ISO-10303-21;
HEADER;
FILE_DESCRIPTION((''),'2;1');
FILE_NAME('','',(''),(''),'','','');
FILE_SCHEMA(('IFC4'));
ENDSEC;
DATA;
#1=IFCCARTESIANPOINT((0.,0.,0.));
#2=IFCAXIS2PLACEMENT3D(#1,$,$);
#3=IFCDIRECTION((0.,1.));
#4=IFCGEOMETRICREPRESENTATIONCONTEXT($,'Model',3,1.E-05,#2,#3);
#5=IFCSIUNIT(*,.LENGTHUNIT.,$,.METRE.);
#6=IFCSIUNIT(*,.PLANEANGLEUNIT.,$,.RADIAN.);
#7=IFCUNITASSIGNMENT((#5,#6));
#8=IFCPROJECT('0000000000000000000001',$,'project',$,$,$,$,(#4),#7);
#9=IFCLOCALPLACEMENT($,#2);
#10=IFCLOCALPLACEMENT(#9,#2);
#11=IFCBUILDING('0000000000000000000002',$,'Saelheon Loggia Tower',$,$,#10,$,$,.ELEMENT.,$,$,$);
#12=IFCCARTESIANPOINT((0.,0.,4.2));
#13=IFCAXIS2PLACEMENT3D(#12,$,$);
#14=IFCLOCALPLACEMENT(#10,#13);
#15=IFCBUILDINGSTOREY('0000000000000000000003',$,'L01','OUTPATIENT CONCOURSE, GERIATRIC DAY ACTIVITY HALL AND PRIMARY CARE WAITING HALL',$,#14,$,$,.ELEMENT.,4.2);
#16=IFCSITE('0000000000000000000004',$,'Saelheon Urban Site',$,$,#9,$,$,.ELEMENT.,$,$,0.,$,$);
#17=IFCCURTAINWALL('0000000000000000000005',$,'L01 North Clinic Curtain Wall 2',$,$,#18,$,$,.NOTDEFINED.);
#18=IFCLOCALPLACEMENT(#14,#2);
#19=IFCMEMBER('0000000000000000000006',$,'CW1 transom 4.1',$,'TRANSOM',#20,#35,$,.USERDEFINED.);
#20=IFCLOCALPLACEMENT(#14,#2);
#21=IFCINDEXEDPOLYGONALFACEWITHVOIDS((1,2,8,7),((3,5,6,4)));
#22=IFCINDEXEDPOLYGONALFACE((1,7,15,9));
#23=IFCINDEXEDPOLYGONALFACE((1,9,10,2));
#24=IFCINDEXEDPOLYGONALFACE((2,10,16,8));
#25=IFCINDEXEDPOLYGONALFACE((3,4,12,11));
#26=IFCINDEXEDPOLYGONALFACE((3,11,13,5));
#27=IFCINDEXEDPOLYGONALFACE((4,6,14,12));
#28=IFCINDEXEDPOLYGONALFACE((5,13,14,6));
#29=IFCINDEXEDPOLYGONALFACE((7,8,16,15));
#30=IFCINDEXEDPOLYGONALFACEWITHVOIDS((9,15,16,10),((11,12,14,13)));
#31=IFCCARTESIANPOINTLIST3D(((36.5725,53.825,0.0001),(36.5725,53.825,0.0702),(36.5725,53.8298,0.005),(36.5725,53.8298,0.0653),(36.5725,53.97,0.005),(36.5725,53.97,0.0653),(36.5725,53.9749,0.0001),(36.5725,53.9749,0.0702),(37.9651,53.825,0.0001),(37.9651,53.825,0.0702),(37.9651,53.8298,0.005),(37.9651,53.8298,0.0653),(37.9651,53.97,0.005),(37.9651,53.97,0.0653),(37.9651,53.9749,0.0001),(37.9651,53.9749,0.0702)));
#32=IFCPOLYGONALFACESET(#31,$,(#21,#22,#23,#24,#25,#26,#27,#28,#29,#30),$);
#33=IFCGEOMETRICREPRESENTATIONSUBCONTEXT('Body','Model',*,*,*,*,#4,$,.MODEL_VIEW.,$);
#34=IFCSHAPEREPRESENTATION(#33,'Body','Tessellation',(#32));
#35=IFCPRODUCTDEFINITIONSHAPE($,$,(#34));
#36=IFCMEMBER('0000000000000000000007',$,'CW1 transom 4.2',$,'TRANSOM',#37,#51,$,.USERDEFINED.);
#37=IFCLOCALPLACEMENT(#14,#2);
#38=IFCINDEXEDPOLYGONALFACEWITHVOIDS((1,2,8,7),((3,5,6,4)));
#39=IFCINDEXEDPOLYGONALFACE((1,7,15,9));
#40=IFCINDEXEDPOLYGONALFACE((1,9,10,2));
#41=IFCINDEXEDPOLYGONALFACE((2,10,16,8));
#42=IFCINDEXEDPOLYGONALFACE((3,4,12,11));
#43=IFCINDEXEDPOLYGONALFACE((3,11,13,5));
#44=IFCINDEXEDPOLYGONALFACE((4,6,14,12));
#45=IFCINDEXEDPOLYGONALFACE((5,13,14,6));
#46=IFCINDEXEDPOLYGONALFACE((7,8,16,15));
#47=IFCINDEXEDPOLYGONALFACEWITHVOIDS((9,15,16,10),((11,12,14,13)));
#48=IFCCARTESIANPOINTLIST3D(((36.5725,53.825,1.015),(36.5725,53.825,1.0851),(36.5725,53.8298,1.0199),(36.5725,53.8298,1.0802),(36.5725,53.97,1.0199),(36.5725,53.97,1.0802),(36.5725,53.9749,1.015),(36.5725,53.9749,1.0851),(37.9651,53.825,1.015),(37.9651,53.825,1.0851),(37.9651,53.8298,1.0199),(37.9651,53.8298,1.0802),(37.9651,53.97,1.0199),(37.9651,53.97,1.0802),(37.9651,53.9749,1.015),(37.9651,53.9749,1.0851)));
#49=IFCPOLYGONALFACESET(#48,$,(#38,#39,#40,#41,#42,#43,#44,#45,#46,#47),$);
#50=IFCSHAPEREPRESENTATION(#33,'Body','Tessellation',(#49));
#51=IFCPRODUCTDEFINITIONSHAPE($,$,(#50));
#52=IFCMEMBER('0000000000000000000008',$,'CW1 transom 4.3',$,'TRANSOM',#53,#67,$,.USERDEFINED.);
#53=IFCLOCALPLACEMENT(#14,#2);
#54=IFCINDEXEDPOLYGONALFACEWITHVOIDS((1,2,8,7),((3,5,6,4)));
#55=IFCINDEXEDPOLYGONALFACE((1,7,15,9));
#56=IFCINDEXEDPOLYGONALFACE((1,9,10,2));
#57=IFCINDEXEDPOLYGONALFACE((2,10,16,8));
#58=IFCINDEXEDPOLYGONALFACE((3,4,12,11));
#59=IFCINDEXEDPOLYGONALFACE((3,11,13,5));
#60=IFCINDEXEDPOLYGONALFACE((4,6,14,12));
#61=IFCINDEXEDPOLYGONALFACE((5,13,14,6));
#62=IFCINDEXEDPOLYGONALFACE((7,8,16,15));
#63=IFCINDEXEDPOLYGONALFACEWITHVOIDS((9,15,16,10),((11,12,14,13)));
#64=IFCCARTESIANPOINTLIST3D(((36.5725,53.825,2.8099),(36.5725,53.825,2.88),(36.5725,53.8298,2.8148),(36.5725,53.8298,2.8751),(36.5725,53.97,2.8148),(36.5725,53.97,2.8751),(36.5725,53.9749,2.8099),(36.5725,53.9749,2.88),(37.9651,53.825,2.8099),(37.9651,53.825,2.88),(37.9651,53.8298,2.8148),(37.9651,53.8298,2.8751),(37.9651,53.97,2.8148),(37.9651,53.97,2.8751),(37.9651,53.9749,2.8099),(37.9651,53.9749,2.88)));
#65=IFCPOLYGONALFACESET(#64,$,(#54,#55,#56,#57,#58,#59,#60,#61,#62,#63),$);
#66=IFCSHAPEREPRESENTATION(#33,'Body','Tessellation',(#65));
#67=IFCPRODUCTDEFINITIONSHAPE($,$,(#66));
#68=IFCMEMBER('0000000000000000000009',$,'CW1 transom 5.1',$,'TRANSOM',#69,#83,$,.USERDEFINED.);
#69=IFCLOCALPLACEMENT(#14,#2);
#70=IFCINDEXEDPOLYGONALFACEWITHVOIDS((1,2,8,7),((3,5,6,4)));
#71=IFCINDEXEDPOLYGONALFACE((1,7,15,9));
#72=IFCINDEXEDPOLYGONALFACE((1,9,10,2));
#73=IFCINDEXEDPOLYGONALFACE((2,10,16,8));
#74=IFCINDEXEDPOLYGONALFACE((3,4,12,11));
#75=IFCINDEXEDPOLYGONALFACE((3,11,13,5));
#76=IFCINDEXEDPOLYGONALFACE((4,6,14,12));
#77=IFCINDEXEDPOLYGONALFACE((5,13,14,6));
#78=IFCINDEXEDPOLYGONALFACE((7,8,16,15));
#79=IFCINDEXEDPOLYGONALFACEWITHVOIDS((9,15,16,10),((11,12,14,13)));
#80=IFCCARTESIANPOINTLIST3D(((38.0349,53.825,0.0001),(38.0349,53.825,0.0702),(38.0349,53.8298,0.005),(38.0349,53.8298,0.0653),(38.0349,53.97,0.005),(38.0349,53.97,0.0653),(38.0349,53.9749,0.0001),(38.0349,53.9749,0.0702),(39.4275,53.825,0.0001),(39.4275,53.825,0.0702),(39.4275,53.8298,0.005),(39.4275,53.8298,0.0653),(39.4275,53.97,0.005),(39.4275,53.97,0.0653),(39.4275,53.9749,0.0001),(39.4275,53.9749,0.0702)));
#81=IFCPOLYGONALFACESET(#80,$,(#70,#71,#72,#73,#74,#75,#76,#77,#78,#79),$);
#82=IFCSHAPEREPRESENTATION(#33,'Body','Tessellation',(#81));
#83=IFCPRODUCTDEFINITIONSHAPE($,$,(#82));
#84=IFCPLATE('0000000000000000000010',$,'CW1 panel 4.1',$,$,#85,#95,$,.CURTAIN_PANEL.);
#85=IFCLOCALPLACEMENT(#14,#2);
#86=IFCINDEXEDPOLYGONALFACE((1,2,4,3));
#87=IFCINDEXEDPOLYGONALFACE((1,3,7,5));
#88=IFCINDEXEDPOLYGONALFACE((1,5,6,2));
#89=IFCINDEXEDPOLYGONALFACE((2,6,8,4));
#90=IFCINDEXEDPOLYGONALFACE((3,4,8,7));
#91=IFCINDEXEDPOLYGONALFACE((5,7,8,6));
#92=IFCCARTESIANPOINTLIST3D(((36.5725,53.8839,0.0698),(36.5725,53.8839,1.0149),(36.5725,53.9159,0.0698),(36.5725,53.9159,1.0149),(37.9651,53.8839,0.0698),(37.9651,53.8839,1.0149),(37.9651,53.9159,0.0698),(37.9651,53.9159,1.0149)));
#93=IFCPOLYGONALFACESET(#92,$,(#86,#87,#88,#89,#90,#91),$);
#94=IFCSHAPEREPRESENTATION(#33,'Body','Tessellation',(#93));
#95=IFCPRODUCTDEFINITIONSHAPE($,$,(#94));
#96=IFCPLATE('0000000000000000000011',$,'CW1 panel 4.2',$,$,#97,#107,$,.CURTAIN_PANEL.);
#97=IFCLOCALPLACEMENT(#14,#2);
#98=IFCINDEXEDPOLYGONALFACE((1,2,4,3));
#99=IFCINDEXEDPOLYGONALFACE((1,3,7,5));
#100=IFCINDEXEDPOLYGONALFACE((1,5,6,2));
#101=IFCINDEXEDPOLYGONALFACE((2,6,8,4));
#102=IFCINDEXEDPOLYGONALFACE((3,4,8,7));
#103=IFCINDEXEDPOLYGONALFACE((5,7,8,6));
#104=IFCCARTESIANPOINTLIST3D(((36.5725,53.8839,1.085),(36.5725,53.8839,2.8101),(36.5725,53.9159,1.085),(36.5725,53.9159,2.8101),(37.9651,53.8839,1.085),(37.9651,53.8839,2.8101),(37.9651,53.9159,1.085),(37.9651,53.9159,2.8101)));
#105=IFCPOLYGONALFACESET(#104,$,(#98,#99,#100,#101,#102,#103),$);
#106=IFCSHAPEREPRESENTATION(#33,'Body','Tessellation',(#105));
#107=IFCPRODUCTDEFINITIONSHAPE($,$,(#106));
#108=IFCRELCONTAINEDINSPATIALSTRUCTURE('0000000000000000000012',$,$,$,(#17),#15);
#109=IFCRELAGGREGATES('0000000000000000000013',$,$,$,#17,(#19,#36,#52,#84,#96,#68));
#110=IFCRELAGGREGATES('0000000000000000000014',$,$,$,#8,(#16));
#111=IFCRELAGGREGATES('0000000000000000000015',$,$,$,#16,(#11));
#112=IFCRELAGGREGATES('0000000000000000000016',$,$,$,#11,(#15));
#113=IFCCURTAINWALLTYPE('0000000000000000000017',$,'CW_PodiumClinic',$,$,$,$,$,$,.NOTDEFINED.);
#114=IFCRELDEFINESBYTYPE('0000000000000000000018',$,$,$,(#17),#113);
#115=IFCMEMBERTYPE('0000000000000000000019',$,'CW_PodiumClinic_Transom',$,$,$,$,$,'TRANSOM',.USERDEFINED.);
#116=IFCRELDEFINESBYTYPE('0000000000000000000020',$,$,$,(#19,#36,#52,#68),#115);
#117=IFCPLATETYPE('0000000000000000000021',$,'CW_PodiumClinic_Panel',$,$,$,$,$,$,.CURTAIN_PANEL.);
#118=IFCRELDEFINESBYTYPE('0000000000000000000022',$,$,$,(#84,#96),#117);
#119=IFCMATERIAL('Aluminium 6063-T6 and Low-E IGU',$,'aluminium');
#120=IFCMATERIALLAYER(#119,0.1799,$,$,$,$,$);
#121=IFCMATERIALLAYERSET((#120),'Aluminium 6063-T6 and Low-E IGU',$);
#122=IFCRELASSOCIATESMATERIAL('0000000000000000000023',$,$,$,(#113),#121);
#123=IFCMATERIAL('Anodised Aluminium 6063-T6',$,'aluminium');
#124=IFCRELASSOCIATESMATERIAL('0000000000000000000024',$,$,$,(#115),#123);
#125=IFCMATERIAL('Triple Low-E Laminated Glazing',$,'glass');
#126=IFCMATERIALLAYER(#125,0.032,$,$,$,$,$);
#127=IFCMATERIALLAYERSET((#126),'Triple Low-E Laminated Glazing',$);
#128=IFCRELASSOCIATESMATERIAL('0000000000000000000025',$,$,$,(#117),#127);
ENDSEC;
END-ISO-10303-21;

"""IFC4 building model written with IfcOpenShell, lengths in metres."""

from ifc_helpers import new_model, si_unit, direction, frame, origin, origin_2d, place, context, subcontext, project, spatial, rectangle, hollow_rectangle, extrude, source, transform, mapped, material, layer, layer_set, material_profile, profile_set, type_object, element, aggregate, save


model = new_model("IFC4")

# Units and contexts
model_context = context("Model", 3, precision=1e-05, world=origin(), true_north=direction((0.0, 1.0)))
body_context = subcontext(model_context, "Body", "Model", "MODEL_VIEW")
ifc_project = project(units=[si_unit("LENGTHUNIT", "METRE"), si_unit("PLANEANGLEUNIT", "RADIAN")], contexts=[model_context])

# Site, building, storey
site_placement = place(None, origin())
site = spatial("IfcSite", under=ifc_project, at=site_placement, Name="Saelheon Urban Site", CompositionType="ELEMENT", RefElevation=0.0)
building_placement = place(site_placement, origin())
building = spatial("IfcBuilding", under=site, at=building_placement, Name="Saelheon Loggia Tower", CompositionType="ELEMENT")
storey_placement = place(building_placement, frame((0.0, 0.0, 4.2)))
storey = spatial("IfcBuildingStorey", under=building, at=storey_placement, Name="L01", Description="OUTPATIENT CONCOURSE, GERIATRIC DAY ACTIVITY HALL AND PRIMARY CARE WAITING HALL", CompositionType="ELEMENT", Elevation=4.2)

# Curtain wall, members, plates
ifc_material_1 = material(Name="Aluminium 6063-T6 and Low-E IGU", Category="aluminium")
ifc_layer_1 = layer(ifc_material_1, 0.1799)
ifc_layer_set_1 = layer_set([ifc_layer_1], Name="Aluminium 6063-T6 and Low-E IGU")
curtain_wall_type = type_object("IfcCurtainWallType", Name="CW_PodiumClinic", PredefinedType="NOTDEFINED", material=ifc_layer_set_1)
curtain_wall_placement = place(storey_placement, origin())
curtain_wall = element("IfcCurtainWall", 1, at=curtain_wall_placement, inside=storey, type_object=curtain_wall_type, Name="L01 North Clinic Curtain Wall 2", PredefinedType="NOTDEFINED")
ifc_material_2 = material(Name="Anodised Aluminium 6063-T6", Category="aluminium")
ifc_material_profile_1 = material_profile(ifc_material_2, hollow_rectangle(XDim=0.0701, YDim=0.1499, WallThickness=0.0049, at=origin_2d()), Name="RHS-150x70x5")
ifc_profile_set_1 = profile_set([ifc_material_profile_1], Name="Anodised Aluminium 6063-T6")
member_type_1 = type_object("IfcMemberType", Name="CW_PodiumClinic_Transom", ElementType="TRANSOM", PredefinedType="USERDEFINED", material=ifc_profile_set_1)
shared_shape_1 = source(origin(), body_context, "Body", "SweptSolid", [
    extrude(hollow_rectangle(XDim=0.0701, YDim=0.1499, WallThickness=0.0049, at=origin_2d()), origin(), (0.0, 0.0, 1.0), 1.3926),
])
member_1_placement = place(storey_placement, frame((36.5725, 53.8999, 0.0352), z_axis=(1.0, 0.0, 0.0), x_axis=(0.0, 0.0, 1.0)))
member_1 = element("IfcMember", 2, at=member_1_placement, type_object=member_type_1, Name="CW1 transom 4.1", ObjectType="TRANSOM", PredefinedType="USERDEFINED", context=body_context, shape_type="MappedRepresentation", body=[
    mapped(shared_shape_1, transform((0.0, 0.0, 0.0), scale=1.0)),
])
member_2_placement = place(storey_placement, frame((36.5725, 53.8999, 1.05), z_axis=(1.0, 0.0, 0.0), x_axis=(0.0, 0.0, 1.0)))
member_2 = element("IfcMember", 3, at=member_2_placement, type_object=member_type_1, Name="CW1 transom 4.2", ObjectType="TRANSOM", PredefinedType="USERDEFINED", context=body_context, shape_type="MappedRepresentation", body=[
    mapped(shared_shape_1, transform((0.0, 0.0, 0.0), scale=1.0)),
])
member_3_placement = place(storey_placement, frame((36.5725, 53.8999, 2.845), z_axis=(1.0, 0.0, 0.0), x_axis=(0.0, 0.0, 1.0)))
member_3 = element("IfcMember", 4, at=member_3_placement, type_object=member_type_1, Name="CW1 transom 4.3", ObjectType="TRANSOM", PredefinedType="USERDEFINED", context=body_context, shape_type="MappedRepresentation", body=[
    mapped(shared_shape_1, transform((0.0, 0.0, 0.0), scale=1.0)),
])
member_4_placement = place(storey_placement, frame((38.0349, 53.8999, 0.0352), z_axis=(1.0, 0.0, 0.0), x_axis=(0.0, 0.0, 1.0)))
member_4 = element("IfcMember", 5, at=member_4_placement, type_object=member_type_1, Name="CW1 transom 5.1", ObjectType="TRANSOM", PredefinedType="USERDEFINED", context=body_context, shape_type="MappedRepresentation", body=[
    mapped(shared_shape_1, transform((0.0, 0.0, 0.0), scale=1.0)),
])
ifc_material_3 = material(Name="Triple Low-E Laminated Glazing", Category="glass")
ifc_layer_2 = layer(ifc_material_3, 0.032)
ifc_layer_set_2 = layer_set([ifc_layer_2], Name="Triple Low-E Laminated Glazing")
plate_type = type_object("IfcPlateType", Name="CW_PodiumClinic_Panel", PredefinedType="CURTAIN_PANEL", material=ifc_layer_set_2)
shared_shape_2 = source(origin(), body_context, "Body", "SweptSolid", [
    extrude(rectangle(XDim=1.3926, YDim=0.032, at=origin_2d()), origin(), (0.0, 0.0, 1.0), 0.9451),
])
plate_1_placement = place(storey_placement, frame((37.2688, 53.8999, 0.0698), z_axis=(0.0, 0.0, 1.0), x_axis=(1.0, 0.0, 0.0)))
plate_1 = element("IfcPlate", 6, at=plate_1_placement, type_object=plate_type, Name="CW1 panel 4.1", PredefinedType="CURTAIN_PANEL", context=body_context, shape_type="MappedRepresentation", body=[
    mapped(shared_shape_2, transform((0.0, 0.0, 0.0), scale=1.0)),
])
shared_shape_3 = source(origin(), body_context, "Body", "SweptSolid", [
    extrude(rectangle(XDim=1.3926, YDim=0.032, at=origin_2d()), origin(), (0.0, 0.0, 1.0), 1.7251),
])
plate_2_placement = place(storey_placement, frame((37.2688, 53.8999, 1.085), z_axis=(0.0, 0.0, 1.0), x_axis=(1.0, 0.0, 0.0)))
plate_2 = element("IfcPlate", 7, at=plate_2_placement, type_object=plate_type, Name="CW1 panel 4.2", PredefinedType="CURTAIN_PANEL", context=body_context, shape_type="MappedRepresentation", body=[
    mapped(shared_shape_3, transform((0.0, 0.0, 0.0), scale=1.0)),
])
aggregate(curtain_wall, [member_1, member_2, member_3, plate_1, plate_2, member_4])

save(model, "model.ifc")
